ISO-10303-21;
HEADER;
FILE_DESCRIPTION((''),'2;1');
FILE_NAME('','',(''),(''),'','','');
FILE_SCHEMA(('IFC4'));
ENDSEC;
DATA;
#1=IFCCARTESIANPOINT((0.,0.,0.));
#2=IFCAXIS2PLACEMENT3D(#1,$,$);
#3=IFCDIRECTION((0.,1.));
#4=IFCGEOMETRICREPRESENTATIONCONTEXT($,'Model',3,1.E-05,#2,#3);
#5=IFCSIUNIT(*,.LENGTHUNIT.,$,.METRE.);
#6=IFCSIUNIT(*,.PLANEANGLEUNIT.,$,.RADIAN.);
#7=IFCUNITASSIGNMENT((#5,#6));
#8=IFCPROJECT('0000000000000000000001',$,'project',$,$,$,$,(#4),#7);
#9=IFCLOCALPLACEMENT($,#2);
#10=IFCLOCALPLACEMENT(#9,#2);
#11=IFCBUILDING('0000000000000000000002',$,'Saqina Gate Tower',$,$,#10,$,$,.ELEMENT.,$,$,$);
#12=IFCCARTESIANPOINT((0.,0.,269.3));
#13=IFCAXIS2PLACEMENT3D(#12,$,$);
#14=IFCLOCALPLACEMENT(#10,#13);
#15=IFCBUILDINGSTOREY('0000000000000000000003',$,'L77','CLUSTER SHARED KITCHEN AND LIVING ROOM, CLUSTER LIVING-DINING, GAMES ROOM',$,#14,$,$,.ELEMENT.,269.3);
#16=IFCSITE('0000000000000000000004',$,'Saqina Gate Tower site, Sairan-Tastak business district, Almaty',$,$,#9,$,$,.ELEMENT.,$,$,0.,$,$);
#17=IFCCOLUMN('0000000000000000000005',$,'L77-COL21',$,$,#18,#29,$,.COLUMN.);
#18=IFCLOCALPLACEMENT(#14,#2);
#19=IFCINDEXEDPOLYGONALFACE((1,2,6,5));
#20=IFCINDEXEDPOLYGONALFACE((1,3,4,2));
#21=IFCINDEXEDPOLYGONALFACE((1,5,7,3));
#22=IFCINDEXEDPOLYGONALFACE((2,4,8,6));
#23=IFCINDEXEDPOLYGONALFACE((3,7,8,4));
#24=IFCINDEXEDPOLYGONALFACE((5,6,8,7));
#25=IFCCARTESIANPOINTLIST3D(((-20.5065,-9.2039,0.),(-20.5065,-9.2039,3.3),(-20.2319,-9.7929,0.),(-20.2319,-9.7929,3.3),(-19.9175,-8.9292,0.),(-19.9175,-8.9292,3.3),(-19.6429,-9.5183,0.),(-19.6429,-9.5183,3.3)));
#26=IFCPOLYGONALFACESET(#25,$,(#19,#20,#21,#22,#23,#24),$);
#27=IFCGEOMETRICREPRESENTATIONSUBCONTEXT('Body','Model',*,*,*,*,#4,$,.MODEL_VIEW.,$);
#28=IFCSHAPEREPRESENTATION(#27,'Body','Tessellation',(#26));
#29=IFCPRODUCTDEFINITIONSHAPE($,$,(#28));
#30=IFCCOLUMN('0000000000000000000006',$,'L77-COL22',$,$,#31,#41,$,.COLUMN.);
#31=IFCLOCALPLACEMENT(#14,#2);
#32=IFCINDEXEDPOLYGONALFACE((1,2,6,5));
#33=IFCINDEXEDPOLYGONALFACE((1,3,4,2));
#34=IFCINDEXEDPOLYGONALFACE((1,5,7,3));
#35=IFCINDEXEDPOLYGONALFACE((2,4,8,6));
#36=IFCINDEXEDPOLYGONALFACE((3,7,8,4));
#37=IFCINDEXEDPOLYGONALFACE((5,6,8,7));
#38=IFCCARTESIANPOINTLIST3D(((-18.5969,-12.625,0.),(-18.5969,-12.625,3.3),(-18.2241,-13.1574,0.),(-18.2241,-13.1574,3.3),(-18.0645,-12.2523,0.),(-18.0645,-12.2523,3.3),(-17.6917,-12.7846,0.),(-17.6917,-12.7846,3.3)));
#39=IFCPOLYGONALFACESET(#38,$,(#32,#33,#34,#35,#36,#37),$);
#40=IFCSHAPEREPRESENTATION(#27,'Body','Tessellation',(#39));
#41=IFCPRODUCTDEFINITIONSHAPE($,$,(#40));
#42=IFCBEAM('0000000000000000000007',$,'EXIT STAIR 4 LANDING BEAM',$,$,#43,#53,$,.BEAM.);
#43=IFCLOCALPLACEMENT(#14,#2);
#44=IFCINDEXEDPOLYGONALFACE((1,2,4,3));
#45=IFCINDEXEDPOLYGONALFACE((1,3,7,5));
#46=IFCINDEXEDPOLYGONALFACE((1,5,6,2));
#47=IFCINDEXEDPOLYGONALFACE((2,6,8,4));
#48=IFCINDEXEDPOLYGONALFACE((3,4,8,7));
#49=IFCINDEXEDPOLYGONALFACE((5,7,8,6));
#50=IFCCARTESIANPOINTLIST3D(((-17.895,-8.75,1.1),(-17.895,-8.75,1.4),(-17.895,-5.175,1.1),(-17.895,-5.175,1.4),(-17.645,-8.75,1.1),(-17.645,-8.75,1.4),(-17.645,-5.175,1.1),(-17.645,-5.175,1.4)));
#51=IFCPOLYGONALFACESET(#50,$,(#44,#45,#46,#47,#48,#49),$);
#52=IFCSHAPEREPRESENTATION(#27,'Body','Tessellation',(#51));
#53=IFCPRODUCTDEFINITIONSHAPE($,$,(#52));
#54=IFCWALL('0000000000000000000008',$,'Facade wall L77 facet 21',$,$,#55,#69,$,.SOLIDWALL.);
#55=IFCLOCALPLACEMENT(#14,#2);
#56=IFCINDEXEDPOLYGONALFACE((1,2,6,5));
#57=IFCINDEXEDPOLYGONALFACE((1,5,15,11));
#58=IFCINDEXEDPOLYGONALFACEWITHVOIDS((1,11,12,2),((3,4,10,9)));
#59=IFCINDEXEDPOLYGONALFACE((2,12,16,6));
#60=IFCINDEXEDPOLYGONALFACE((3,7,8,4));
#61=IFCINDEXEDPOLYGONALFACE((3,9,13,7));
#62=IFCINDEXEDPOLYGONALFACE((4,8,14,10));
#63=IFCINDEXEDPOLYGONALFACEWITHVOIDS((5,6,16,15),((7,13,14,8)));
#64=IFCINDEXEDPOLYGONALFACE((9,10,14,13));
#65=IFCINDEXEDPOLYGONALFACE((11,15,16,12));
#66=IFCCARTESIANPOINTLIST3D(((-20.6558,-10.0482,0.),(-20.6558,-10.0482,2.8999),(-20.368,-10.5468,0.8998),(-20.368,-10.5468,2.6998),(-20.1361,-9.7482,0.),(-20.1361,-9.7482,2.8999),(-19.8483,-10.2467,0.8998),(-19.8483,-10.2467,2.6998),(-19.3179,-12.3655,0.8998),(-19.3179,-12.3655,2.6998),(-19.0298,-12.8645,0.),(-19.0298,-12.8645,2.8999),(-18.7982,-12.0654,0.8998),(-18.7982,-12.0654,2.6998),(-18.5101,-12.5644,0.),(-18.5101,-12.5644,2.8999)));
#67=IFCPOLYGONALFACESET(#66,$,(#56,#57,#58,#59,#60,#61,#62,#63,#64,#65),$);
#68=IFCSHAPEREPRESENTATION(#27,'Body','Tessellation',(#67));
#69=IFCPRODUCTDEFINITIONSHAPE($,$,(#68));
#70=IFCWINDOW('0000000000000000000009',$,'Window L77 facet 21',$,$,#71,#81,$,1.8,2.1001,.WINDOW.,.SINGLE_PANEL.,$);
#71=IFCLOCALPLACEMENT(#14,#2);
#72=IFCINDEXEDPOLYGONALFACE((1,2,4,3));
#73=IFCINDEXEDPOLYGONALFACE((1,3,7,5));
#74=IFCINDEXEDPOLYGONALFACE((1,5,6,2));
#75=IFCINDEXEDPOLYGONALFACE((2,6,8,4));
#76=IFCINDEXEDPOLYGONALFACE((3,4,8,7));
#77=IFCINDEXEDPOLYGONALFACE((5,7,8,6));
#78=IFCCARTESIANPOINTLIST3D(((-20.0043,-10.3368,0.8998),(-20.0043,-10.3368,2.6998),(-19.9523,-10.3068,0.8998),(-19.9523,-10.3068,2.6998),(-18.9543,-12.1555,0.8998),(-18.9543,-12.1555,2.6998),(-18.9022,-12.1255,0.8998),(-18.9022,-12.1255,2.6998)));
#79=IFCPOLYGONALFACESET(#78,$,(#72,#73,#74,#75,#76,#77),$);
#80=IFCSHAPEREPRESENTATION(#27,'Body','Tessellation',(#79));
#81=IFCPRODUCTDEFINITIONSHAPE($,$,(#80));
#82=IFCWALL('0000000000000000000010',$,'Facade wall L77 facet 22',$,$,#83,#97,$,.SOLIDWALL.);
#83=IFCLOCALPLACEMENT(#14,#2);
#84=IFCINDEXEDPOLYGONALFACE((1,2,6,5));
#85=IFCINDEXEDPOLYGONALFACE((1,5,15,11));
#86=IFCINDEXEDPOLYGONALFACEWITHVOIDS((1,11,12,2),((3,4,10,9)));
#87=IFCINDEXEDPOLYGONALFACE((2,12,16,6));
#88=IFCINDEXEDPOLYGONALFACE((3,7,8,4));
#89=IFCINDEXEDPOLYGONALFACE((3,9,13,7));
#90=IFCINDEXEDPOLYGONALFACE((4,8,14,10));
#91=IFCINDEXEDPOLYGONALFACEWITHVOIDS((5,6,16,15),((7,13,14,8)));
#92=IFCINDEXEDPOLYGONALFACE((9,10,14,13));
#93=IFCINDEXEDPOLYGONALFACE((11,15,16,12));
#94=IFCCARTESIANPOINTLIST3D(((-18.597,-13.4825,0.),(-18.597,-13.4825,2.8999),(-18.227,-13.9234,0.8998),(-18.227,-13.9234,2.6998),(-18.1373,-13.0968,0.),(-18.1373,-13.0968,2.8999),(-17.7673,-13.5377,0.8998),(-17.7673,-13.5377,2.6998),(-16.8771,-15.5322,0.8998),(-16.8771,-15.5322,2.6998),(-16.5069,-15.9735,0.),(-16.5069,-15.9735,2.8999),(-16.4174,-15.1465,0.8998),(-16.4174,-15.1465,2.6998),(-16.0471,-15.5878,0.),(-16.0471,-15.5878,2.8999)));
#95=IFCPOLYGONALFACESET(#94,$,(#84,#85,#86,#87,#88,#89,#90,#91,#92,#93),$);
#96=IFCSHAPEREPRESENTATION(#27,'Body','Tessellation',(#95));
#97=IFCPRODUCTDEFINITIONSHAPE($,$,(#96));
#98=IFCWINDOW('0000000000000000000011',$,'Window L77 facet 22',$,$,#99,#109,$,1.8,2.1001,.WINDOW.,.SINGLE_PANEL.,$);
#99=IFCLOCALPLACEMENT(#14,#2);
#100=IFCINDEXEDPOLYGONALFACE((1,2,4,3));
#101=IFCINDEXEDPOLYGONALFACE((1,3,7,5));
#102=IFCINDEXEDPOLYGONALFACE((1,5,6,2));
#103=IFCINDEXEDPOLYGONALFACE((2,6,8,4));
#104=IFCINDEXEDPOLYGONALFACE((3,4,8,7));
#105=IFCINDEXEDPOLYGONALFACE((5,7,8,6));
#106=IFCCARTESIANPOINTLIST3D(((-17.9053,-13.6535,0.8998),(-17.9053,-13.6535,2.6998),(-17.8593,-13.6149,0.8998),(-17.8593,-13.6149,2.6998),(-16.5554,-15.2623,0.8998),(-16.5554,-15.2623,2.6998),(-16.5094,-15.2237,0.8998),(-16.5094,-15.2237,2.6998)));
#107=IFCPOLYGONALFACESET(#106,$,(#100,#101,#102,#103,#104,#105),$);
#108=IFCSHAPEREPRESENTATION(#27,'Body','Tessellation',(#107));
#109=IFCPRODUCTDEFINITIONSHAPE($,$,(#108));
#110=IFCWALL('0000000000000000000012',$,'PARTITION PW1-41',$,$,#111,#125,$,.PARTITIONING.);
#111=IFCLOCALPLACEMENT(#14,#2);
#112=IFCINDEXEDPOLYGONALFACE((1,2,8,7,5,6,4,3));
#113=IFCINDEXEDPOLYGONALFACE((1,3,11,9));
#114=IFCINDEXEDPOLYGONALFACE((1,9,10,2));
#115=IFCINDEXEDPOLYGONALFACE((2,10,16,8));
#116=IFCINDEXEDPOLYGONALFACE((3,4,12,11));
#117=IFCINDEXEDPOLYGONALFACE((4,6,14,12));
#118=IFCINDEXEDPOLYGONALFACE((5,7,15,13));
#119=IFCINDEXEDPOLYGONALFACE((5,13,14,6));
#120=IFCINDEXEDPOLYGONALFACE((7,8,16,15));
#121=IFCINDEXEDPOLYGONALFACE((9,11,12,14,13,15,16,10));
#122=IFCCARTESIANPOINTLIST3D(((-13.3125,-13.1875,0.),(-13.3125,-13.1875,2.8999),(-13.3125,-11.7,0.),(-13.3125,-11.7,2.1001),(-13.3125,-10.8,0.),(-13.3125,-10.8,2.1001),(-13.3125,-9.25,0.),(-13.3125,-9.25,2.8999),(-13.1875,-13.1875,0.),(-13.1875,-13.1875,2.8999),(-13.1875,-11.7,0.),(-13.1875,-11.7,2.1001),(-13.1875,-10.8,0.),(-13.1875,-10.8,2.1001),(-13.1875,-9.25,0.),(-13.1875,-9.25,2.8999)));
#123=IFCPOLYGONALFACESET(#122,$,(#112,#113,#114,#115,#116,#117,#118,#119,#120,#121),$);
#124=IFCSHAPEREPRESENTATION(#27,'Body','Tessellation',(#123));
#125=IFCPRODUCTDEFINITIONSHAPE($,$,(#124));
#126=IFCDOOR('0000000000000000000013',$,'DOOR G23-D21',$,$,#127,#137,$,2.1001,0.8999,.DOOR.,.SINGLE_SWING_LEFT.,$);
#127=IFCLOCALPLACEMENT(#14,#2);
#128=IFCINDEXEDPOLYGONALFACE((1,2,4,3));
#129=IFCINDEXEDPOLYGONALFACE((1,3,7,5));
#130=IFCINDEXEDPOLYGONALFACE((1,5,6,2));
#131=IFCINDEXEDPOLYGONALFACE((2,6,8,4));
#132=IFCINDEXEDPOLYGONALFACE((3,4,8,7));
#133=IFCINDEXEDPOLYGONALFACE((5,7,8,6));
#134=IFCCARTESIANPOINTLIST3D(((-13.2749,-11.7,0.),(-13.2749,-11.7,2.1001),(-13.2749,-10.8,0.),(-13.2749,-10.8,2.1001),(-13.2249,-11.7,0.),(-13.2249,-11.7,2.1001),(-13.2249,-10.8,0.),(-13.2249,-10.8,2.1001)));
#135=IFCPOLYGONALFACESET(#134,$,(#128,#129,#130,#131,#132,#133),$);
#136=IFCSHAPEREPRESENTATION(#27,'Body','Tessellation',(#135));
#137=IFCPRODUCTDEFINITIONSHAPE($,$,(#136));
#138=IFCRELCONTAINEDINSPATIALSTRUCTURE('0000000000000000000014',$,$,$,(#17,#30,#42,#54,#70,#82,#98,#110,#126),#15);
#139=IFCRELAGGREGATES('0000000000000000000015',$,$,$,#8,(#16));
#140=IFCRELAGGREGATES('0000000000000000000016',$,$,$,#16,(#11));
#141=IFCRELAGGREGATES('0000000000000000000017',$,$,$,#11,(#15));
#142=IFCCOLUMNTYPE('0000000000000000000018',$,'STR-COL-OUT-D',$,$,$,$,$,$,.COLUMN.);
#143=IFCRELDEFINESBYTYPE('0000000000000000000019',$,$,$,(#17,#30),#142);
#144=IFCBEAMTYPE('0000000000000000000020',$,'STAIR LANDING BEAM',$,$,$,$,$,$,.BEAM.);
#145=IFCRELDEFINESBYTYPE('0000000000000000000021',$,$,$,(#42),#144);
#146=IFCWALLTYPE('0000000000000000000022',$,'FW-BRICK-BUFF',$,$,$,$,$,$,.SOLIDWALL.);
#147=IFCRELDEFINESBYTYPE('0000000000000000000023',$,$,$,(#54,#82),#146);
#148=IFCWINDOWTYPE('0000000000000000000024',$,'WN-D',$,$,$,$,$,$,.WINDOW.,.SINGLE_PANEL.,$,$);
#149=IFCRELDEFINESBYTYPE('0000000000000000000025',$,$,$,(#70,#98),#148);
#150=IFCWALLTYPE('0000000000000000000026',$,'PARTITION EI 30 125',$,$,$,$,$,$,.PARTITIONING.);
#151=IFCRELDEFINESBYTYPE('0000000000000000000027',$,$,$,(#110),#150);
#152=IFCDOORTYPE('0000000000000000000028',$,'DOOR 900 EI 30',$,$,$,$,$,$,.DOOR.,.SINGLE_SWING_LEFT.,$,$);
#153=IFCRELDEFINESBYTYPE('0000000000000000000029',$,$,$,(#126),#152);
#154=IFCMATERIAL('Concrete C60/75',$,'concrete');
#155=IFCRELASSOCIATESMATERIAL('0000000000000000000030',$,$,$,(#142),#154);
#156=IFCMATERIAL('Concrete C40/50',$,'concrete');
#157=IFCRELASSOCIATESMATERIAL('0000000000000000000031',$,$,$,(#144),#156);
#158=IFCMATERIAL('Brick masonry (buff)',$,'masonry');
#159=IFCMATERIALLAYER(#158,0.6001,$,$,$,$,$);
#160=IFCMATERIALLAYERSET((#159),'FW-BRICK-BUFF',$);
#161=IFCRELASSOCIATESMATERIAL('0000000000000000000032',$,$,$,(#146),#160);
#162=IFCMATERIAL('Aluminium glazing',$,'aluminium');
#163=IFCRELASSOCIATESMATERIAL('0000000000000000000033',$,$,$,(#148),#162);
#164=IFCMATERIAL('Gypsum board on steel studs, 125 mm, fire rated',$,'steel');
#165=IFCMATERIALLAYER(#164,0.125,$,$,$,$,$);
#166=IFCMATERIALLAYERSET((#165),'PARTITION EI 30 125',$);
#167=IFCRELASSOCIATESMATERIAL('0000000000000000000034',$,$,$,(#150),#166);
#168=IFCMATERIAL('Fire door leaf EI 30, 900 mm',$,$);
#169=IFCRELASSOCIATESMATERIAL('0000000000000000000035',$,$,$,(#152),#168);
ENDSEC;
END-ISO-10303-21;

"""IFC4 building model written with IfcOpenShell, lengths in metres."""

from ifc_helpers import new_model, si_unit, direction, frame, frame_2d, origin, origin_2d, place, context, subcontext, project, spatial, rectangle, extrude, material, layer, layer_set, material_profile, profile_set, type_object, element, fill, save


model = new_model("IFC4")

# Units and contexts
model_context = context("Model", 3, precision=1e-05, world=origin(), true_north=direction((0.0, 1.0)))
body_context = subcontext(model_context, "Body", "Model", "MODEL_VIEW")
ifc_project = project(units=[si_unit("LENGTHUNIT", "METRE"), si_unit("PLANEANGLEUNIT", "RADIAN")], contexts=[model_context])

# Site, building, storey
site_placement = place(None, origin())
site = spatial("IfcSite", under=ifc_project, at=site_placement, Name="Saqina Gate Tower site, Sairan-Tastak business district, Almaty", CompositionType="ELEMENT", RefElevation=0.0)
building_placement = place(site_placement, origin())
building = spatial("IfcBuilding", under=site, at=building_placement, Name="Saqina Gate Tower", CompositionType="ELEMENT")
storey_placement = place(building_placement, frame((0.0, 0.0, 269.3)))
storey = spatial("IfcBuildingStorey", under=building, at=storey_placement, Name="L77", Description="CLUSTER SHARED KITCHEN AND LIVING ROOM, CLUSTER LIVING-DINING, GAMES ROOM", CompositionType="ELEMENT", Elevation=269.3)

# Columns
ifc_material_1 = material(Name="Concrete C60/75", Category="concrete")
ifc_material_profile_1 = material_profile(ifc_material_1, rectangle(XDim=0.6499, YDim=0.6499, at=origin_2d()), Name="RC 650x650")
ifc_profile_set_1 = profile_set([ifc_material_profile_1], Name="Concrete C60/75")
column_type = type_object("IfcColumnType", Name="STR-COL-OUT-D", PredefinedType="COLUMN", material=ifc_profile_set_1)
for number, where, z_axis, x_axis, name in (
    (1, (-20.0747, -9.3611, 0.0), (0.0, 0.0, 1.0), (-0.906308, -0.422618, 0.0), "L77-COL21"),
    (2, (-18.1443, -12.7048, 0.0), (0.0, 0.0, 1.0), (-0.819152, -0.573576, 0.0), "L77-COL22"),
):
    element("IfcColumn", number, at=place(storey_placement, frame(where, z_axis=z_axis, x_axis=x_axis)), inside=storey, type_object=column_type, Name=name, PredefinedType="COLUMN", context=body_context, shape_type="SweptSolid", body=[
        extrude(rectangle(XDim=0.6499, YDim=0.6499, at=origin_2d()), origin(), (0.0, 0.0, 1.0), 3.3),
    ])

# Beam
ifc_material_2 = material(Name="Concrete C40/50", Category="concrete")
ifc_material_profile_2 = material_profile(ifc_material_2, rectangle(XDim=0.25, YDim=0.3, at=origin_2d()), Name="STAIR LANDING BEAM")
ifc_profile_set_2 = profile_set([ifc_material_profile_2], Name="Concrete C40/50")
beam_type = type_object("IfcBeamType", Name="STAIR LANDING BEAM", PredefinedType="BEAM", material=ifc_profile_set_2)
beam_placement = place(storey_placement, frame((-17.77, -8.75, 1.25), z_axis=(0.0, 1.0, 0.0), x_axis=(-1.0, 0.0, 0.0)))
element("IfcBeam", 3, at=beam_placement, inside=storey, type_object=beam_type, Name="EXIT STAIR 4 LANDING BEAM", PredefinedType="BEAM", context=body_context, shape_type="SweptSolid", body=[
    extrude(rectangle(XDim=0.25, YDim=0.3, at=origin_2d()), origin(), (0.0, 0.0, 1.0), 3.575),
])

# Walls, openings, windows
ifc_material_3 = material(Name="Brick masonry (buff)", Category="masonry")
ifc_layer_1 = layer(ifc_material_3, 0.6001)
ifc_layer_set_1 = layer_set([ifc_layer_1], Name="FW-BRICK-BUFF")
wall_type_1 = type_object("IfcWallType", Name="FW-BRICK-BUFF", PredefinedType="SOLIDWALL", material=ifc_layer_set_1)
wall_1_placement = place(storey_placement, frame((-20.396, -9.8982, 0.0), z_axis=(0.0, 0.0, 1.0), x_axis=(0.500015, -0.866017, 0.0)))
wall_1 = element("IfcWall", 4, at=wall_1_placement, inside=storey, type_object=wall_type_1, Name="Facade wall L77 facet 21", PredefinedType="SOLIDWALL", context=body_context, shape_type="SweptSolid", body=[
    extrude(rectangle(XDim=3.252, YDim=0.6001, at=frame_2d((1.626, 0.0))), origin(), (0.0, 0.0, 1.0), 2.8999),
])
opening_1_placement = place(wall_1_placement, frame((0.5757, 0.0, 0.8999)))
opening_1 = element("IfcOpeningElement", 5, at=opening_1_placement, cuts=wall_1, PredefinedType="OPENING", context=body_context, shape_type="SweptSolid", body=[
    extrude(rectangle(XDim=2.1001, YDim=1.8, at=frame_2d((1.05, 0.8999))), frame((0.0, 0.312, 0.0), z_axis=(0.0, -1.0, 0.0), x_axis=(1.0, 0.0, 0.0)), (0.0, 0.0, 1.0), 0.624),
])
ifc_material_4 = material(Name="Aluminium glazing", Category="aluminium")
window_type = type_object("IfcWindowType", Name="WN-D", PartitioningType="SINGLE_PANEL", PredefinedType="WINDOW", material=ifc_material_4)
window_1_placement = place(opening_1_placement, origin())
window_1 = element("IfcWindow", 6, at=window_1_placement, inside=storey, type_object=window_type, Name="Window L77 facet 21", OverallHeight=1.8, OverallWidth=2.1001, PartitioningType="SINGLE_PANEL", PredefinedType="WINDOW", context=body_context, shape_type="SweptSolid", body=[
    extrude(rectangle(XDim=2.1001, YDim=1.8, at=frame_2d((1.05, 0.8999))), frame((0.0, 0.1799, 0.0), z_axis=(0.0, -1.0, 0.0), x_axis=(1.0, 0.0, 0.0)), (0.0, 0.0, 1.0), 0.0601),
])
fill(opening_1, window_1)
wall_2_placement = place(storey_placement, frame((-18.3672, -13.2896, 0.0), z_axis=(0.0, 0.0, 1.0), x_axis=(0.642773, -0.766057, 0.0)))
wall_2 = element("IfcWall", 7, at=wall_2_placement, inside=storey, type_object=wall_type_1, Name="Facade wall L77 facet 22", PredefinedType="SOLIDWALL", context=body_context, shape_type="SweptSolid", body=[
    extrude(rectangle(XDim=3.2517, YDim=0.6001, at=frame_2d((1.626, 0.0))), origin(), (0.0, 0.0, 1.0), 2.8999),
])
opening_2_placement = place(wall_2_placement, frame((0.5757, 0.0, 0.8999)))
opening_2 = element("IfcOpeningElement", 8, at=opening_2_placement, cuts=wall_2, PredefinedType="OPENING", context=body_context, shape_type="SweptSolid", body=[
    extrude(rectangle(XDim=2.1001, YDim=1.8, at=frame_2d((1.05, 0.8999))), frame((0.0, 0.312, 0.0), z_axis=(0.0, -1.0, 0.0), x_axis=(1.0, 0.0, 0.0)), (0.0, 0.0, 1.0), 0.624),
])
window_2_placement = place(opening_2_placement, origin())
window_2 = element("IfcWindow", 9, at=window_2_placement, inside=storey, type_object=window_type, Name="Window L77 facet 22", OverallHeight=1.8, OverallWidth=2.1001, PartitioningType="SINGLE_PANEL", PredefinedType="WINDOW", context=body_context, shape_type="SweptSolid", body=[
    extrude(rectangle(XDim=2.1001, YDim=1.8, at=frame_2d((1.05, 0.8999))), frame((0.0, 0.1799, 0.0), z_axis=(0.0, -1.0, 0.0), x_axis=(1.0, 0.0, 0.0)), (0.0, 0.0, 1.0), 0.0601),
])
fill(opening_2, window_2)

# Wall, opening, door
ifc_material_5 = material(Name="Gypsum board on steel studs, 125 mm, fire rated", Category="steel")
ifc_layer_2 = layer(ifc_material_5, 0.125)
ifc_layer_set_2 = layer_set([ifc_layer_2], Name="PARTITION EI 30 125")
wall_type_2 = type_object("IfcWallType", Name="PARTITION EI 30 125", PredefinedType="PARTITIONING", material=ifc_layer_set_2)
wall_3_placement = place(storey_placement, frame((-13.25, -13.1875, 0.0), z_axis=(0.0, 0.0, 1.0), x_axis=(0.0, 1.0, 0.0)))
wall_3 = element("IfcWall", 10, at=wall_3_placement, inside=storey, type_object=wall_type_2, Name="PARTITION PW1-41", PredefinedType="PARTITIONING", context=body_context, shape_type="SweptSolid", body=[
    extrude(rectangle(XDim=3.9375, YDim=0.125, at=frame_2d((1.9688, 0.0))), origin(), (0.0, 0.0, 1.0), 2.8999),
])
opening_3_placement = place(wall_3_placement, frame((1.4875, 0.0, 0.0)))
opening_3 = element("IfcOpeningElement", 11, at=opening_3_placement, cuts=wall_3, PredefinedType="OPENING", context=body_context, shape_type="SweptSolid", body=[
    extrude(rectangle(XDim=0.8999, YDim=2.1001, at=frame_2d((0.45, 1.05))), frame((0.0, 0.0745, 0.0), z_axis=(0.0, -1.0, 0.0), x_axis=(1.0, 0.0, 0.0)), (0.0, 0.0, 1.0), 0.1489),
])
ifc_material_6 = material(Name="Fire door leaf EI 30, 900 mm")
door_type_1 = type_object("IfcDoorType", Name="DOOR 900 EI 30", OperationType="SINGLE_SWING_LEFT", PredefinedType="DOOR", material=ifc_material_6)
door_1_placement = place(opening_3_placement, origin())
door_1 = element("IfcDoor", 12, at=door_1_placement, inside=storey, type_object=door_type_1, Name="DOOR G23-D21", OperationType="SINGLE_SWING_LEFT", OverallHeight=2.1001, OverallWidth=0.8999, PredefinedType="DOOR", context=body_context, shape_type="SweptSolid", body=[
    extrude(rectangle(XDim=0.8999, YDim=2.1001, at=frame_2d((0.45, 1.05))), frame((0.0, 0.0249, 0.0), z_axis=(0.0, -1.0, 0.0), x_axis=(1.0, 0.0, 0.0)), (0.0, 0.0, 1.0), 0.05),
])
fill(opening_3, door_1)

save(model, "model.ifc")
